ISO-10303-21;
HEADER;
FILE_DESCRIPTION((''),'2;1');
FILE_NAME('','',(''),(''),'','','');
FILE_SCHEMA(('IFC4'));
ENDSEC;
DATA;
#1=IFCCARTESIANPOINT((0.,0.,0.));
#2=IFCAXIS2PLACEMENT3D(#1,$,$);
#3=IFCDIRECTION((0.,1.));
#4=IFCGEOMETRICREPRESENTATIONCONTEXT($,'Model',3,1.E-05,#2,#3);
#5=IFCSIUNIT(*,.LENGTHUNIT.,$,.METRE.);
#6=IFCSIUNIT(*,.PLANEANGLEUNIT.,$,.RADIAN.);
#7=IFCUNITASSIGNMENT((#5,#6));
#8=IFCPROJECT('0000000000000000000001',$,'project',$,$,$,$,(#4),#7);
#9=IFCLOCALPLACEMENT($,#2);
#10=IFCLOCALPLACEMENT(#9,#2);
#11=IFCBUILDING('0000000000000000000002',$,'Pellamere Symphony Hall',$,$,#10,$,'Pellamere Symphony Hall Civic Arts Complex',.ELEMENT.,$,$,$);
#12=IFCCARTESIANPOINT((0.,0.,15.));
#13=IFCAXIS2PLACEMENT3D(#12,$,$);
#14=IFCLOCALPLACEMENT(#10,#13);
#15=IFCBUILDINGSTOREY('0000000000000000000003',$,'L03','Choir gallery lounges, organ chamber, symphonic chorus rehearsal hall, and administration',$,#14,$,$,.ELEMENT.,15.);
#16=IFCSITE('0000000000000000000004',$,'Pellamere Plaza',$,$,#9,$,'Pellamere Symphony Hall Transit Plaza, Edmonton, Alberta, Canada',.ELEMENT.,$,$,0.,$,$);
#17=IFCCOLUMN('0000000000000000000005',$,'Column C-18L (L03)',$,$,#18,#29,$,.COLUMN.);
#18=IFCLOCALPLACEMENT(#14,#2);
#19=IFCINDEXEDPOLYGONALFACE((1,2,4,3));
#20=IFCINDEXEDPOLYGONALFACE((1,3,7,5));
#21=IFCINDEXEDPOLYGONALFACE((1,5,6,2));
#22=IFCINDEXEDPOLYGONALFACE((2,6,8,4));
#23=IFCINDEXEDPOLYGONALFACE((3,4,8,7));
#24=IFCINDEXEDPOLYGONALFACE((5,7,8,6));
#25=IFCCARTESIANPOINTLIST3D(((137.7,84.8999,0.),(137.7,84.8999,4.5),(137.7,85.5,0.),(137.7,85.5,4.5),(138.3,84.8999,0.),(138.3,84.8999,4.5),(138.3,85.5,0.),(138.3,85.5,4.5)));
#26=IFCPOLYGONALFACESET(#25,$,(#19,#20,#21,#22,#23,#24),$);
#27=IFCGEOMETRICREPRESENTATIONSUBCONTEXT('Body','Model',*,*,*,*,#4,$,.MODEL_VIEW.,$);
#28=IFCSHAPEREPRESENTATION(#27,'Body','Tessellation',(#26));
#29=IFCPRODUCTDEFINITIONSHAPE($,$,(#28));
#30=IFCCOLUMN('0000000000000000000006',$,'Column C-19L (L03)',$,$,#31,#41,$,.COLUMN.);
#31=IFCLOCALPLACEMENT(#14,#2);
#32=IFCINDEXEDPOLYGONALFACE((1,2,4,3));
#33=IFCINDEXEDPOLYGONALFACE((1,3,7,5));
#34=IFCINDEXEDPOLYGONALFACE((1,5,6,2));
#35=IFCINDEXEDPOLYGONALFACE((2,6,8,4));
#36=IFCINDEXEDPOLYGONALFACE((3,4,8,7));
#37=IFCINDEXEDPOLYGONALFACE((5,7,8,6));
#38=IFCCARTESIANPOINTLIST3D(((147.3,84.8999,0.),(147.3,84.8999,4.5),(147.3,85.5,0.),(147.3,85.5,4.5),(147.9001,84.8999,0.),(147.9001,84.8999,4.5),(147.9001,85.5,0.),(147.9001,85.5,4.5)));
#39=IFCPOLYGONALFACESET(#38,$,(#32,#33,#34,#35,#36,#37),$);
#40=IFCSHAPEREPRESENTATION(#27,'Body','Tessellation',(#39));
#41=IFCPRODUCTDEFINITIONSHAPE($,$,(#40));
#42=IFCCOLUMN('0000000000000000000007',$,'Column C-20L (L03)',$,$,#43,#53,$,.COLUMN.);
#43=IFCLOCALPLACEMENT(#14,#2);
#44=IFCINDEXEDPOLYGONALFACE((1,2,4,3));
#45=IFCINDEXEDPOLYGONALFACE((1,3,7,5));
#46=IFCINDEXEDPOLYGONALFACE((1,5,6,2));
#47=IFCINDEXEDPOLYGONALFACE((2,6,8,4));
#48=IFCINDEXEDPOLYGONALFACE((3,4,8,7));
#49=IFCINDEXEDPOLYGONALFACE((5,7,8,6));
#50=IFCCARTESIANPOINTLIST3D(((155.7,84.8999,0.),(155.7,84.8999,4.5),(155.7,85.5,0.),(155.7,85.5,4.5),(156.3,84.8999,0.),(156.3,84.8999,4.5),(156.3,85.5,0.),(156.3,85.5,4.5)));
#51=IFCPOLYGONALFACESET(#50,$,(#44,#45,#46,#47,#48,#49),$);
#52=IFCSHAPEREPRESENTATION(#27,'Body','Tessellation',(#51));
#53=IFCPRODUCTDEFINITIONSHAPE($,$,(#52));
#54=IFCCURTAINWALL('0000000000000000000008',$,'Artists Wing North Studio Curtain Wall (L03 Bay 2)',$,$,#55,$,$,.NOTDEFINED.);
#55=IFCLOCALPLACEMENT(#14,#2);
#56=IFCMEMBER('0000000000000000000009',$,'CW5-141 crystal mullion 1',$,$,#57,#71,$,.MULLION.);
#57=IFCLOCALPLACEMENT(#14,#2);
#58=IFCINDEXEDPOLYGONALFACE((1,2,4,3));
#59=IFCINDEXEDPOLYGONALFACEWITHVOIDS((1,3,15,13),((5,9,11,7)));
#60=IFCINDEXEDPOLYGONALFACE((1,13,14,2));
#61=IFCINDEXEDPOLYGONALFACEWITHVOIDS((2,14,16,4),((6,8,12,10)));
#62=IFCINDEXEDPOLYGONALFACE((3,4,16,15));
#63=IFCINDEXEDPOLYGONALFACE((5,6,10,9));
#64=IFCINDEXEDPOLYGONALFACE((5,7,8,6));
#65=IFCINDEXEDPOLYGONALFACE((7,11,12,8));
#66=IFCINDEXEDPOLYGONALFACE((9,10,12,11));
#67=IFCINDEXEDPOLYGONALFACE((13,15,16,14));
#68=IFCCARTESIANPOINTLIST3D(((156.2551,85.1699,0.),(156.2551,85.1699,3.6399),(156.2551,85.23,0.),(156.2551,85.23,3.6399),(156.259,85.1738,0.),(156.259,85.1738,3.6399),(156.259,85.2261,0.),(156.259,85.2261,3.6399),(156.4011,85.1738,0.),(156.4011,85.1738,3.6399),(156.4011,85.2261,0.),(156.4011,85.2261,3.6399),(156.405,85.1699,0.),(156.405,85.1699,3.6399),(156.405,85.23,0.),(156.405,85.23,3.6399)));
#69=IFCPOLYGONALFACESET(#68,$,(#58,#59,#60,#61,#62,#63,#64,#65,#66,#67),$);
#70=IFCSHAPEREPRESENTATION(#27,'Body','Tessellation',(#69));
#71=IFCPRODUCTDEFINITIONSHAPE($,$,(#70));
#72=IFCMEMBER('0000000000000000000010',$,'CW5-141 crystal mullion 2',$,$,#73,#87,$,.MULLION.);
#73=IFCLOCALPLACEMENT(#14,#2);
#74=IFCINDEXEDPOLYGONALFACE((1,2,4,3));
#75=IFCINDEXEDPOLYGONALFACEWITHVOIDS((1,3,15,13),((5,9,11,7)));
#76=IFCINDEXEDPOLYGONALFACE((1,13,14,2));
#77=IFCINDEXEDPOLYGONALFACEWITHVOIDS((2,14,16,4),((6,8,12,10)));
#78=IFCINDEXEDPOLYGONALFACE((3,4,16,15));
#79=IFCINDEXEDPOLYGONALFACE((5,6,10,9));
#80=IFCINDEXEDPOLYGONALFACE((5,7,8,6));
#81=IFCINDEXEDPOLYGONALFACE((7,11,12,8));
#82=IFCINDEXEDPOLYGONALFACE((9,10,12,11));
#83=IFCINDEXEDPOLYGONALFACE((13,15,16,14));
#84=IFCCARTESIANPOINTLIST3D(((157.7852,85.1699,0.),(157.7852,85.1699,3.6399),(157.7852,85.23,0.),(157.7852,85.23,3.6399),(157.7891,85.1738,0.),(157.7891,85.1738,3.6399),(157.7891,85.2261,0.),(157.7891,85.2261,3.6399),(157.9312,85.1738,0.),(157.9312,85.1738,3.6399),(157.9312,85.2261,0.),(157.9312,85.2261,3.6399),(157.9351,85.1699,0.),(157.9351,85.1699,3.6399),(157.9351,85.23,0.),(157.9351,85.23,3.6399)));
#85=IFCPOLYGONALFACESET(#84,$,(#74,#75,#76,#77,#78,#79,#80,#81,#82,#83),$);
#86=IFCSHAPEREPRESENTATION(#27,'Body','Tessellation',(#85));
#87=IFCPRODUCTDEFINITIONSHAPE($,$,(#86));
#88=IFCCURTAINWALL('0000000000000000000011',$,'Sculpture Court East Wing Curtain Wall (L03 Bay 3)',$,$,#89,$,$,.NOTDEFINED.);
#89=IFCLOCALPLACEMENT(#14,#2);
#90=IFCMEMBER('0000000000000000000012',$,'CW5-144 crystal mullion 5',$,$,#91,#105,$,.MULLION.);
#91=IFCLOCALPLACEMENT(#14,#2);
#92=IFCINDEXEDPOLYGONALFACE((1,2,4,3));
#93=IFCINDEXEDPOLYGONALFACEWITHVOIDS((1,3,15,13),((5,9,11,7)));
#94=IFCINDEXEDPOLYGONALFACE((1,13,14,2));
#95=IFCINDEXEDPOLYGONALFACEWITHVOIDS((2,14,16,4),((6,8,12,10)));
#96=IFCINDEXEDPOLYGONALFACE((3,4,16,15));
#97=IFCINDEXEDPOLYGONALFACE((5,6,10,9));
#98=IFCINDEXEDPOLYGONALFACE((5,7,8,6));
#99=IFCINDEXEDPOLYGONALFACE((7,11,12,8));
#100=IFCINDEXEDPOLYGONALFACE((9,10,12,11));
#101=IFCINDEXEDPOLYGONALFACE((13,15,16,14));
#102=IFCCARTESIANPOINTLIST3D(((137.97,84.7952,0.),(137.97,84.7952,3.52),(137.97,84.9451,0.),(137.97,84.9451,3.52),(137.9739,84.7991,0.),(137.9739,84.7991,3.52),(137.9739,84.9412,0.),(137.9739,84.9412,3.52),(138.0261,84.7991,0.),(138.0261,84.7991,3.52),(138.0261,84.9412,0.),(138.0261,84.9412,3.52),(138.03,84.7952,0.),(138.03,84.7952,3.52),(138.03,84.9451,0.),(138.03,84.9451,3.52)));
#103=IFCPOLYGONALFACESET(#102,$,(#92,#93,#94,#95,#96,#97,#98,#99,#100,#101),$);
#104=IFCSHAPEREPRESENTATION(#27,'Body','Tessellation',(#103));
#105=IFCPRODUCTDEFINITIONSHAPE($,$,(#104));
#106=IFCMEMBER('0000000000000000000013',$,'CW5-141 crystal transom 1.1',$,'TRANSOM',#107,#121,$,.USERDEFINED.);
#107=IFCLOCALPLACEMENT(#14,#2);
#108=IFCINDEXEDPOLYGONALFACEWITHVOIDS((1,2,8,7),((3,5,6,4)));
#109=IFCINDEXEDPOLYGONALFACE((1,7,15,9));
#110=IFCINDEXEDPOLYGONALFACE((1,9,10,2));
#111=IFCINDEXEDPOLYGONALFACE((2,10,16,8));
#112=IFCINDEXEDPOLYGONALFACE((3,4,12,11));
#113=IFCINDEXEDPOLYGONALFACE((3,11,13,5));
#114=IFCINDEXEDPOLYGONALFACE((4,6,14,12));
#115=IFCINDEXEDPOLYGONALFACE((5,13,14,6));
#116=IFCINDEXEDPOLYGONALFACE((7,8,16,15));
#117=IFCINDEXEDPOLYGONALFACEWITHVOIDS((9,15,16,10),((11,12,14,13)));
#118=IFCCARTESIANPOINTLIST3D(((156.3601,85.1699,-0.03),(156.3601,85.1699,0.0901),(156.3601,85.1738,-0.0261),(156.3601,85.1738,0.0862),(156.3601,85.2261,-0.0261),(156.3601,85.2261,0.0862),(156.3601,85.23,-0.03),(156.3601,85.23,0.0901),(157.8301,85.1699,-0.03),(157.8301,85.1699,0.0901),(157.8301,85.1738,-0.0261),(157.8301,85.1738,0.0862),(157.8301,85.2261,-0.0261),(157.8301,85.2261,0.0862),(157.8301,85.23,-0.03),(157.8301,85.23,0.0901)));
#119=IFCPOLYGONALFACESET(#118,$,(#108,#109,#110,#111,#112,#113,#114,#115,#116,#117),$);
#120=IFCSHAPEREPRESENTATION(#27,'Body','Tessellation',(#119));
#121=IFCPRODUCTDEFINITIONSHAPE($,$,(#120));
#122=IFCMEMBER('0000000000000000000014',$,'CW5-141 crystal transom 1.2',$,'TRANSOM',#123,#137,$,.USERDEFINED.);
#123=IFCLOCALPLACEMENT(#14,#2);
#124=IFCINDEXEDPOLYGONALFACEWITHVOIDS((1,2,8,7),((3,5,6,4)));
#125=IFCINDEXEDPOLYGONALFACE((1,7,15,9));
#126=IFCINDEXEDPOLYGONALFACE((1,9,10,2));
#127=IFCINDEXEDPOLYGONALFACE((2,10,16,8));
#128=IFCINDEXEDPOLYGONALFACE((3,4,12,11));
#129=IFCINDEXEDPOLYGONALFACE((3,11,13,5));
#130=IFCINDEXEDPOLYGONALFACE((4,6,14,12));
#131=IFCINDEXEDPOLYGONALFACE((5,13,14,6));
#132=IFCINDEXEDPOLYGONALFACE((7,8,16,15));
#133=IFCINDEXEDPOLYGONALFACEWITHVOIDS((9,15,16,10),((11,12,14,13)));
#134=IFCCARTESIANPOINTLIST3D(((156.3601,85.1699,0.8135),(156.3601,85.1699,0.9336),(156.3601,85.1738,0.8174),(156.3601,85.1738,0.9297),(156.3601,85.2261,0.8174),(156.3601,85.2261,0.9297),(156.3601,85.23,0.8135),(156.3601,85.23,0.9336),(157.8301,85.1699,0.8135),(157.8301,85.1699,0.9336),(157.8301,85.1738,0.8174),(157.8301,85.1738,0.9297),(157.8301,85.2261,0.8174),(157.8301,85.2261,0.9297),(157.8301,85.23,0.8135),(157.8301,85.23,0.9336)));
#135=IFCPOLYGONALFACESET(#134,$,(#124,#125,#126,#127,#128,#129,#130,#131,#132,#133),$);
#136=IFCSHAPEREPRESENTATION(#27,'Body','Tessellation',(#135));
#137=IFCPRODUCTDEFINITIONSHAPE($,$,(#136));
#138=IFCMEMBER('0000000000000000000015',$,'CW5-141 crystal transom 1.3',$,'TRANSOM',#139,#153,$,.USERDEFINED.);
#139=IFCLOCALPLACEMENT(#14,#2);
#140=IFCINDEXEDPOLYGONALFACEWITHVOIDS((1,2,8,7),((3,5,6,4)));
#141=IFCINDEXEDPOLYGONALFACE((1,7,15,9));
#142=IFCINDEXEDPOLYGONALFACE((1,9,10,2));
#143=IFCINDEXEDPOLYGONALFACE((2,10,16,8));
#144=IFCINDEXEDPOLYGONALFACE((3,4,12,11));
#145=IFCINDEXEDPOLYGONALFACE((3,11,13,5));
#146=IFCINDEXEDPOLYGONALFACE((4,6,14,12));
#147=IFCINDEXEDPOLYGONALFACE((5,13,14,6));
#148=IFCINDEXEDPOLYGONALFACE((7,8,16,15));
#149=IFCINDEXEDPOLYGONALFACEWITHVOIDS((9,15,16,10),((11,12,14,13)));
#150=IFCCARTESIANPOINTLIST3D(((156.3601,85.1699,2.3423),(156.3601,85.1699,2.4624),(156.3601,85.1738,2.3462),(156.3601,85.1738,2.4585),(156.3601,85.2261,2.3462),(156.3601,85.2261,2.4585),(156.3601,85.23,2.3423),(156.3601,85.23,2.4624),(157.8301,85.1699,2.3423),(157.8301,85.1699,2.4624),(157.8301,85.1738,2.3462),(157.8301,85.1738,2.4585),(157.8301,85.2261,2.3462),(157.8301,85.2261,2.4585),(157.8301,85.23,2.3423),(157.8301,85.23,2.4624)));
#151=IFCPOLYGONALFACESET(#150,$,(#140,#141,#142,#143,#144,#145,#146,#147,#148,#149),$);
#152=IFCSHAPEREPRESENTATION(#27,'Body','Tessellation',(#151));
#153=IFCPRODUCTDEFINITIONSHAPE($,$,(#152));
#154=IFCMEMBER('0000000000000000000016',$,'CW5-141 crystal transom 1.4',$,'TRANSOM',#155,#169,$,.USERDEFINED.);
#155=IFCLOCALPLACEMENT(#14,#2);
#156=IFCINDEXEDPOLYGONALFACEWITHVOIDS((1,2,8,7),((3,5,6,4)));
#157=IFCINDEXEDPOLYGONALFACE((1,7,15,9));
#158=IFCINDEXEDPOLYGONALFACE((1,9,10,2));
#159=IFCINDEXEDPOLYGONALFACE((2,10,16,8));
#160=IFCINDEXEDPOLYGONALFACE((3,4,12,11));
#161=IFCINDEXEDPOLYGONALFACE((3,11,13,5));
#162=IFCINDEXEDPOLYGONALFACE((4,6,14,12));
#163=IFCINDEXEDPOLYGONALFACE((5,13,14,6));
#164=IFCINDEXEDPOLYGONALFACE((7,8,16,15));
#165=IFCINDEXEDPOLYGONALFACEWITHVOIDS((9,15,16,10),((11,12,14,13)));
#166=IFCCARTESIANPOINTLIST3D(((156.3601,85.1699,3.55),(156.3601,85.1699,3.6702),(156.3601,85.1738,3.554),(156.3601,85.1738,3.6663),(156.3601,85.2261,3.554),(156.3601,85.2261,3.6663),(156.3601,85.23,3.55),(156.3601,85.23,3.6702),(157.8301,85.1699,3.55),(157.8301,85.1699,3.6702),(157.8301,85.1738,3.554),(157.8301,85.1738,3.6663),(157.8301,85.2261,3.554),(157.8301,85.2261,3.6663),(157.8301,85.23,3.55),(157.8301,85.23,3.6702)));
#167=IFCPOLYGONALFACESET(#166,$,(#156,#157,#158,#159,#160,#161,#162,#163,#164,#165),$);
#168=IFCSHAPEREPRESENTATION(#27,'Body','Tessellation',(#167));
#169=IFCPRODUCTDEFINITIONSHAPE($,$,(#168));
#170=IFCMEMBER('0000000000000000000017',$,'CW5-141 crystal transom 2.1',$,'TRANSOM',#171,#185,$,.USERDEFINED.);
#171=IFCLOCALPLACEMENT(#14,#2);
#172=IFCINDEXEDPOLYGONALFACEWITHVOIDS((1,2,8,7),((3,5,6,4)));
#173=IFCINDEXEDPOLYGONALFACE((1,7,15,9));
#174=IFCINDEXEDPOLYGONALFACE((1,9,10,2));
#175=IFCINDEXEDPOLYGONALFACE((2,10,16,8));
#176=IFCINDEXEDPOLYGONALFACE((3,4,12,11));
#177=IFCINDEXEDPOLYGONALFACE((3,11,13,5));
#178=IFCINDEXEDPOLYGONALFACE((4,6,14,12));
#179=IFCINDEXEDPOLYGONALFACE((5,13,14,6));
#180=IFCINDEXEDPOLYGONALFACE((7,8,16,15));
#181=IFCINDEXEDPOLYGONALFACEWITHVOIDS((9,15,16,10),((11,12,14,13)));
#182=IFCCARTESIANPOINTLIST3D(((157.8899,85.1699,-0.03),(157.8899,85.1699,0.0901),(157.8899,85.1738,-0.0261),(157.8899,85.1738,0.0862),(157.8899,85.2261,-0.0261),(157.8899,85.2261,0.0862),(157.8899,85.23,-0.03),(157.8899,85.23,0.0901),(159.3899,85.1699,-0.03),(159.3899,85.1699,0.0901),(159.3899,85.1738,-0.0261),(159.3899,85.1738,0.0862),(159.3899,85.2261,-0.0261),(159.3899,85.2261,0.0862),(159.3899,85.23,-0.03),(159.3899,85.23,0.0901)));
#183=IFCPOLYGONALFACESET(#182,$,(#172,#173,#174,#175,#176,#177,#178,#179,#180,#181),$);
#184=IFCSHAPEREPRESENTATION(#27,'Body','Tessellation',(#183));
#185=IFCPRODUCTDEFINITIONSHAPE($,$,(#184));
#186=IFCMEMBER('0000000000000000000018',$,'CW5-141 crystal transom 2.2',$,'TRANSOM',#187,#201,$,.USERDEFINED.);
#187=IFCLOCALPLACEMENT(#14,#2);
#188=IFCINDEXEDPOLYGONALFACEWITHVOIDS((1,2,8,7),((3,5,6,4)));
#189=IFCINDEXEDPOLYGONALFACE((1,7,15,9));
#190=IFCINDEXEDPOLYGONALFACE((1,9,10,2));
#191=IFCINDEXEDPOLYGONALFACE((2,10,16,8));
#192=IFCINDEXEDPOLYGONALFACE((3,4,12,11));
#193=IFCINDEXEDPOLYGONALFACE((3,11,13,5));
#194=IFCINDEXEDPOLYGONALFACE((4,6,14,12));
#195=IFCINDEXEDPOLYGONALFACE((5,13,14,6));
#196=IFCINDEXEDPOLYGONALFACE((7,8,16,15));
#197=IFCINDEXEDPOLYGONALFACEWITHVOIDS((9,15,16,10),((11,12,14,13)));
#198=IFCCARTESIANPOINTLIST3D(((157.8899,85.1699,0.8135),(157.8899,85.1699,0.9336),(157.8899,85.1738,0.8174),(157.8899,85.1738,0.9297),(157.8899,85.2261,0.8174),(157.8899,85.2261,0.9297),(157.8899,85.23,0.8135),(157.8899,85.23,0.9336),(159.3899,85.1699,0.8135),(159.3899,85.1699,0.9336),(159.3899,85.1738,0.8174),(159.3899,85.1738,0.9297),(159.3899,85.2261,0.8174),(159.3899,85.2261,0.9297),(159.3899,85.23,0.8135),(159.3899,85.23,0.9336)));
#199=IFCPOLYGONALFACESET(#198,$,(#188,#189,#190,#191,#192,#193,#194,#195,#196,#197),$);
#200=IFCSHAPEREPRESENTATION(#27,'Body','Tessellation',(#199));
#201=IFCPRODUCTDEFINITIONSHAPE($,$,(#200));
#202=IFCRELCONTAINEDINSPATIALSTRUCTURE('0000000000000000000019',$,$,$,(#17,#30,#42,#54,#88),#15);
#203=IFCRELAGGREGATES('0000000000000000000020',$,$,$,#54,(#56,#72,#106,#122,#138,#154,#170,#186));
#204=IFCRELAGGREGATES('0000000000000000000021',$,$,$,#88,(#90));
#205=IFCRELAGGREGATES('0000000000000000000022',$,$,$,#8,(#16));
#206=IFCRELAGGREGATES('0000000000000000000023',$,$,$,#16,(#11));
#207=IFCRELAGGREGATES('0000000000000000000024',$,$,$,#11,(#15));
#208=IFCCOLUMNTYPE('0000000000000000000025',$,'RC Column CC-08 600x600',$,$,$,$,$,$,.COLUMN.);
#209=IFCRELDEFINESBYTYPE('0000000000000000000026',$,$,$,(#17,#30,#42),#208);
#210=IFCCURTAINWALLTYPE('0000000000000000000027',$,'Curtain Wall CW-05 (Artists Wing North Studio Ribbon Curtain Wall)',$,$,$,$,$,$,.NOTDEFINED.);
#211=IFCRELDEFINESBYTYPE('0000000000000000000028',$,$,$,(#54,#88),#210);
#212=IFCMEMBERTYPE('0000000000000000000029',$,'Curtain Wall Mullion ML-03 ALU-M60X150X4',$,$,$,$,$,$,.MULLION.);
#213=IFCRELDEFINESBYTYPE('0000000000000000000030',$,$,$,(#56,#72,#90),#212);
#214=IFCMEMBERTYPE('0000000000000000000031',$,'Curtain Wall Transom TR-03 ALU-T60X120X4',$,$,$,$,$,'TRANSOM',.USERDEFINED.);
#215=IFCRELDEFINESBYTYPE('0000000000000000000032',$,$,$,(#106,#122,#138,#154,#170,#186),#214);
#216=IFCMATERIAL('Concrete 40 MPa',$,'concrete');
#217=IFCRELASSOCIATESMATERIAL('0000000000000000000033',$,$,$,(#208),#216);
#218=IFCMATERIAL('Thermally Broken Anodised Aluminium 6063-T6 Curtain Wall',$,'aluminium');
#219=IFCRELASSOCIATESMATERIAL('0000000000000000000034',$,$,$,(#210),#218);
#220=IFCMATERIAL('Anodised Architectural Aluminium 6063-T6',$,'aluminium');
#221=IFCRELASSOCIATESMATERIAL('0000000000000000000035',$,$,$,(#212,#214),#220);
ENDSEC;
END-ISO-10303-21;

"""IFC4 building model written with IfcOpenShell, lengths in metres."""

from ifc_helpers import new_model, si_unit, direction, frame, origin, origin_2d, place, context, subcontext, project, spatial, rectangle, hollow_rectangle, extrude, material, material_profile, profile_set, type_object, element, aggregate, save


model = new_model("IFC4")

# Units and contexts
model_context = context("Model", 3, precision=1e-05, world=origin(), true_north=direction((0.0, 1.0)))
body_context = subcontext(model_context, "Body", "Model", "MODEL_VIEW")
ifc_project = project(units=[si_unit("LENGTHUNIT", "METRE"), si_unit("PLANEANGLEUNIT", "RADIAN")], contexts=[model_context])

# Site, building, storey
site_placement = place(None, origin())
site = spatial("IfcSite", under=ifc_project, at=site_placement, Name="Pellamere Plaza", LongName="Pellamere Symphony Hall Transit Plaza, Edmonton, Alberta, Canada", CompositionType="ELEMENT", RefElevation=0.0)
building_placement = place(site_placement, origin())
building = spatial("IfcBuilding", under=site, at=building_placement, Name="Pellamere Symphony Hall", LongName="Pellamere Symphony Hall Civic Arts Complex", CompositionType="ELEMENT")
storey_placement = place(building_placement, frame((0.0, 0.0, 15.0)))
storey = spatial("IfcBuildingStorey", under=building, at=storey_placement, Name="L03", Description="Choir gallery lounges, organ chamber, symphonic chorus rehearsal hall, and administration", CompositionType="ELEMENT", Elevation=15.0)

# Columns
ifc_material_1 = material(Name="Concrete 40 MPa", Category="concrete")
ifc_material_profile_1 = material_profile(ifc_material_1, rectangle(XDim=0.6001, YDim=0.6001, at=origin_2d()), Name="RC 600x600")
ifc_profile_set_1 = profile_set([ifc_material_profile_1], Name="Concrete 40 MPa")
column_type = type_object("IfcColumnType", Name="RC Column CC-08 600x600", PredefinedType="COLUMN", material=ifc_profile_set_1)
for number, where, z_axis, x_axis, name in (
    (1, (138.0, 85.2, 0.0), (0.0, 0.0, 1.0), (1.0, 0.0, 0.0), "Column C-18L (L03)"),
    (2, (147.6001, 85.2, 0.0), (0.0, 0.0, 1.0), (1.0, 0.0, 0.0), "Column C-19L (L03)"),
    (3, (156.0, 85.2, 0.0), (0.0, 0.0, 1.0), (1.0, 0.0, 0.0), "Column C-20L (L03)"),
):
    element("IfcColumn", number, at=place(storey_placement, frame(where, z_axis=z_axis, x_axis=x_axis)), inside=storey, type_object=column_type, Name=name, PredefinedType="COLUMN", context=body_context, shape_type="SweptSolid", body=[
        extrude(rectangle(XDim=0.6001, YDim=0.6001, at=origin_2d()), origin(), (0.0, 0.0, 1.0), 4.5),
    ])

# Curtain wall, members
ifc_material_2 = material(Name="Thermally Broken Anodised Aluminium 6063-T6 Curtain Wall", Category="aluminium")
curtain_wall_type = type_object("IfcCurtainWallType", Name="Curtain Wall CW-05 (Artists Wing North Studio Ribbon Curtain Wall)", PredefinedType="NOTDEFINED", material=ifc_material_2)
curtain_wall_1_placement = place(storey_placement, origin())
curtain_wall_1 = element("IfcCurtainWall", 4, at=curtain_wall_1_placement, inside=storey, type_object=curtain_wall_type, Name="Artists Wing North Studio Curtain Wall (L03 Bay 2)", PredefinedType="NOTDEFINED")
ifc_material_3 = material(Name="Anodised Architectural Aluminium 6063-T6", Category="aluminium")
ifc_material_profile_2 = material_profile(ifc_material_3, hollow_rectangle(XDim=0.0601, YDim=0.1499, WallThickness=0.0039, at=origin_2d()), Name="ALU-M60X150X4")
ifc_profile_set_2 = profile_set([ifc_material_profile_2], Name="Anodised Architectural Aluminium 6063-T6")
member_type_1 = type_object("IfcMemberType", Name="Curtain Wall Mullion ML-03 ALU-M60X150X4", PredefinedType="MULLION", material=ifc_profile_set_2)
member_1_placement = place(storey_placement, frame((156.3301, 85.2, 0.0), z_axis=(0.0, 0.0, 1.0), x_axis=(0.0, 1.0, 0.0)))
member_1 = element("IfcMember", 5, at=member_1_placement, type_object=member_type_1, Name="CW5-141 crystal mullion 1", PredefinedType="MULLION", context=body_context, shape_type="SweptSolid", body=[
    extrude(hollow_rectangle(XDim=0.0601, YDim=0.1499, WallThickness=0.0039, at=origin_2d()), origin(), (0.0, 0.0, 1.0), 3.6399),
])
member_2_placement = place(storey_placement, frame((157.8601, 85.2, 0.0), z_axis=(0.0, 0.0, 1.0), x_axis=(0.0, 1.0, 0.0)))
member_2 = element("IfcMember", 6, at=member_2_placement, type_object=member_type_1, Name="CW5-141 crystal mullion 2", PredefinedType="MULLION", context=body_context, shape_type="SweptSolid", body=[
    extrude(hollow_rectangle(XDim=0.0601, YDim=0.1499, WallThickness=0.0039, at=origin_2d()), origin(), (0.0, 0.0, 1.0), 3.6399),
])

# Curtain wall, member
curtain_wall_2_placement = place(storey_placement, origin())
curtain_wall_2 = element("IfcCurtainWall", 7, at=curtain_wall_2_placement, inside=storey, type_object=curtain_wall_type, Name="Sculpture Court East Wing Curtain Wall (L03 Bay 3)", PredefinedType="NOTDEFINED")
member_3_placement = place(storey_placement, frame((138.0, 84.8701, 0.0), z_axis=(0.0, 0.0, 1.0), x_axis=(-1.0, 0.0, 0.0)))
member_3 = element("IfcMember", 8, at=member_3_placement, type_object=member_type_1, Name="CW5-144 crystal mullion 5", PredefinedType="MULLION", context=body_context, shape_type="SweptSolid", body=[
    extrude(hollow_rectangle(XDim=0.0601, YDim=0.1499, WallThickness=0.0039, at=origin_2d()), origin(), (0.0, 0.0, 1.0), 3.52),
])

# Members
ifc_material_profile_3 = material_profile(ifc_material_3, hollow_rectangle(XDim=0.0601, YDim=0.1201, WallThickness=0.0039, at=origin_2d()), Name="ALU-T60X120X4")
ifc_profile_set_3 = profile_set([ifc_material_profile_3], Name="Anodised Architectural Aluminium 6063-T6")
member_type_2 = type_object("IfcMemberType", Name="Curtain Wall Transom TR-03 ALU-T60X120X4", ElementType="TRANSOM", PredefinedType="USERDEFINED", material=ifc_profile_set_3)
member_4_placement = place(storey_placement, frame((156.3601, 85.2, 0.03), z_axis=(1.0, 0.0, 0.0), x_axis=(0.0, 1.0, 0.0)))
member_4 = element("IfcMember", 9, at=member_4_placement, type_object=member_type_2, Name="CW5-141 crystal transom 1.1", ObjectType="TRANSOM", PredefinedType="USERDEFINED", context=body_context, shape_type="SweptSolid", body=[
    extrude(hollow_rectangle(XDim=0.0601, YDim=0.1201, WallThickness=0.0039, at=origin_2d()), origin(), (0.0, 0.0, 1.0), 1.47),
])
member_5_placement = place(storey_placement, frame((156.3601, 85.2, 0.8735), z_axis=(1.0, 0.0, 0.0), x_axis=(0.0, 1.0, 0.0)))
member_5 = element("IfcMember", 10, at=member_5_placement, type_object=member_type_2, Name="CW5-141 crystal transom 1.2", ObjectType="TRANSOM", PredefinedType="USERDEFINED", context=body_context, shape_type="SweptSolid", body=[
    extrude(hollow_rectangle(XDim=0.0601, YDim=0.1201, WallThickness=0.0039, at=origin_2d()), origin(), (0.0, 0.0, 1.0), 1.47),
])
member_6_placement = place(storey_placement, frame((156.3601, 85.2, 2.4023), z_axis=(1.0, 0.0, 0.0), x_axis=(0.0, 1.0, 0.0)))
member_6 = element("IfcMember", 11, at=member_6_placement, type_object=member_type_2, Name="CW5-141 crystal transom 1.3", ObjectType="TRANSOM", PredefinedType="USERDEFINED", context=body_context, shape_type="SweptSolid", body=[
    extrude(hollow_rectangle(XDim=0.0601, YDim=0.1201, WallThickness=0.0039, at=origin_2d()), origin(), (0.0, 0.0, 1.0), 1.47),
])
member_7_placement = place(storey_placement, frame((156.3601, 85.2, 3.6101), z_axis=(1.0, 0.0, 0.0), x_axis=(0.0, 1.0, 0.0)))
member_7 = element("IfcMember", 12, at=member_7_placement, type_object=member_type_2, Name="CW5-141 crystal transom 1.4", ObjectType="TRANSOM", PredefinedType="USERDEFINED", context=body_context, shape_type="SweptSolid", body=[
    extrude(hollow_rectangle(XDim=0.0601, YDim=0.1201, WallThickness=0.0039, at=origin_2d()), origin(), (0.0, 0.0, 1.0), 1.47),
])
member_8_placement = place(storey_placement, frame((157.8899, 85.2, 0.03), z_axis=(1.0, 0.0, 0.0), x_axis=(0.0, 1.0, 0.0)))
member_8 = element("IfcMember", 13, at=member_8_placement, type_object=member_type_2, Name="CW5-141 crystal transom 2.1", ObjectType="TRANSOM", PredefinedType="USERDEFINED", context=body_context, shape_type="SweptSolid", body=[
    extrude(hollow_rectangle(XDim=0.0601, YDim=0.1201, WallThickness=0.0039, at=origin_2d()), origin(), (0.0, 0.0, 1.0), 1.5),
])
member_9_placement = place(storey_placement, frame((157.8899, 85.2, 0.8735), z_axis=(1.0, 0.0, 0.0), x_axis=(0.0, 1.0, 0.0)))
member_9 = element("IfcMember", 14, at=member_9_placement, type_object=member_type_2, Name="CW5-141 crystal transom 2.2", ObjectType="TRANSOM", PredefinedType="USERDEFINED", context=body_context, shape_type="SweptSolid", body=[
    extrude(hollow_rectangle(XDim=0.0601, YDim=0.1201, WallThickness=0.0039, at=origin_2d()), origin(), (0.0, 0.0, 1.0), 1.5),
])

aggregate(curtain_wall_1, [member_1, member_2, member_4, member_5, member_6, member_7, member_8, member_9])
aggregate(curtain_wall_2, [member_3])

save(model, "model.ifc")
